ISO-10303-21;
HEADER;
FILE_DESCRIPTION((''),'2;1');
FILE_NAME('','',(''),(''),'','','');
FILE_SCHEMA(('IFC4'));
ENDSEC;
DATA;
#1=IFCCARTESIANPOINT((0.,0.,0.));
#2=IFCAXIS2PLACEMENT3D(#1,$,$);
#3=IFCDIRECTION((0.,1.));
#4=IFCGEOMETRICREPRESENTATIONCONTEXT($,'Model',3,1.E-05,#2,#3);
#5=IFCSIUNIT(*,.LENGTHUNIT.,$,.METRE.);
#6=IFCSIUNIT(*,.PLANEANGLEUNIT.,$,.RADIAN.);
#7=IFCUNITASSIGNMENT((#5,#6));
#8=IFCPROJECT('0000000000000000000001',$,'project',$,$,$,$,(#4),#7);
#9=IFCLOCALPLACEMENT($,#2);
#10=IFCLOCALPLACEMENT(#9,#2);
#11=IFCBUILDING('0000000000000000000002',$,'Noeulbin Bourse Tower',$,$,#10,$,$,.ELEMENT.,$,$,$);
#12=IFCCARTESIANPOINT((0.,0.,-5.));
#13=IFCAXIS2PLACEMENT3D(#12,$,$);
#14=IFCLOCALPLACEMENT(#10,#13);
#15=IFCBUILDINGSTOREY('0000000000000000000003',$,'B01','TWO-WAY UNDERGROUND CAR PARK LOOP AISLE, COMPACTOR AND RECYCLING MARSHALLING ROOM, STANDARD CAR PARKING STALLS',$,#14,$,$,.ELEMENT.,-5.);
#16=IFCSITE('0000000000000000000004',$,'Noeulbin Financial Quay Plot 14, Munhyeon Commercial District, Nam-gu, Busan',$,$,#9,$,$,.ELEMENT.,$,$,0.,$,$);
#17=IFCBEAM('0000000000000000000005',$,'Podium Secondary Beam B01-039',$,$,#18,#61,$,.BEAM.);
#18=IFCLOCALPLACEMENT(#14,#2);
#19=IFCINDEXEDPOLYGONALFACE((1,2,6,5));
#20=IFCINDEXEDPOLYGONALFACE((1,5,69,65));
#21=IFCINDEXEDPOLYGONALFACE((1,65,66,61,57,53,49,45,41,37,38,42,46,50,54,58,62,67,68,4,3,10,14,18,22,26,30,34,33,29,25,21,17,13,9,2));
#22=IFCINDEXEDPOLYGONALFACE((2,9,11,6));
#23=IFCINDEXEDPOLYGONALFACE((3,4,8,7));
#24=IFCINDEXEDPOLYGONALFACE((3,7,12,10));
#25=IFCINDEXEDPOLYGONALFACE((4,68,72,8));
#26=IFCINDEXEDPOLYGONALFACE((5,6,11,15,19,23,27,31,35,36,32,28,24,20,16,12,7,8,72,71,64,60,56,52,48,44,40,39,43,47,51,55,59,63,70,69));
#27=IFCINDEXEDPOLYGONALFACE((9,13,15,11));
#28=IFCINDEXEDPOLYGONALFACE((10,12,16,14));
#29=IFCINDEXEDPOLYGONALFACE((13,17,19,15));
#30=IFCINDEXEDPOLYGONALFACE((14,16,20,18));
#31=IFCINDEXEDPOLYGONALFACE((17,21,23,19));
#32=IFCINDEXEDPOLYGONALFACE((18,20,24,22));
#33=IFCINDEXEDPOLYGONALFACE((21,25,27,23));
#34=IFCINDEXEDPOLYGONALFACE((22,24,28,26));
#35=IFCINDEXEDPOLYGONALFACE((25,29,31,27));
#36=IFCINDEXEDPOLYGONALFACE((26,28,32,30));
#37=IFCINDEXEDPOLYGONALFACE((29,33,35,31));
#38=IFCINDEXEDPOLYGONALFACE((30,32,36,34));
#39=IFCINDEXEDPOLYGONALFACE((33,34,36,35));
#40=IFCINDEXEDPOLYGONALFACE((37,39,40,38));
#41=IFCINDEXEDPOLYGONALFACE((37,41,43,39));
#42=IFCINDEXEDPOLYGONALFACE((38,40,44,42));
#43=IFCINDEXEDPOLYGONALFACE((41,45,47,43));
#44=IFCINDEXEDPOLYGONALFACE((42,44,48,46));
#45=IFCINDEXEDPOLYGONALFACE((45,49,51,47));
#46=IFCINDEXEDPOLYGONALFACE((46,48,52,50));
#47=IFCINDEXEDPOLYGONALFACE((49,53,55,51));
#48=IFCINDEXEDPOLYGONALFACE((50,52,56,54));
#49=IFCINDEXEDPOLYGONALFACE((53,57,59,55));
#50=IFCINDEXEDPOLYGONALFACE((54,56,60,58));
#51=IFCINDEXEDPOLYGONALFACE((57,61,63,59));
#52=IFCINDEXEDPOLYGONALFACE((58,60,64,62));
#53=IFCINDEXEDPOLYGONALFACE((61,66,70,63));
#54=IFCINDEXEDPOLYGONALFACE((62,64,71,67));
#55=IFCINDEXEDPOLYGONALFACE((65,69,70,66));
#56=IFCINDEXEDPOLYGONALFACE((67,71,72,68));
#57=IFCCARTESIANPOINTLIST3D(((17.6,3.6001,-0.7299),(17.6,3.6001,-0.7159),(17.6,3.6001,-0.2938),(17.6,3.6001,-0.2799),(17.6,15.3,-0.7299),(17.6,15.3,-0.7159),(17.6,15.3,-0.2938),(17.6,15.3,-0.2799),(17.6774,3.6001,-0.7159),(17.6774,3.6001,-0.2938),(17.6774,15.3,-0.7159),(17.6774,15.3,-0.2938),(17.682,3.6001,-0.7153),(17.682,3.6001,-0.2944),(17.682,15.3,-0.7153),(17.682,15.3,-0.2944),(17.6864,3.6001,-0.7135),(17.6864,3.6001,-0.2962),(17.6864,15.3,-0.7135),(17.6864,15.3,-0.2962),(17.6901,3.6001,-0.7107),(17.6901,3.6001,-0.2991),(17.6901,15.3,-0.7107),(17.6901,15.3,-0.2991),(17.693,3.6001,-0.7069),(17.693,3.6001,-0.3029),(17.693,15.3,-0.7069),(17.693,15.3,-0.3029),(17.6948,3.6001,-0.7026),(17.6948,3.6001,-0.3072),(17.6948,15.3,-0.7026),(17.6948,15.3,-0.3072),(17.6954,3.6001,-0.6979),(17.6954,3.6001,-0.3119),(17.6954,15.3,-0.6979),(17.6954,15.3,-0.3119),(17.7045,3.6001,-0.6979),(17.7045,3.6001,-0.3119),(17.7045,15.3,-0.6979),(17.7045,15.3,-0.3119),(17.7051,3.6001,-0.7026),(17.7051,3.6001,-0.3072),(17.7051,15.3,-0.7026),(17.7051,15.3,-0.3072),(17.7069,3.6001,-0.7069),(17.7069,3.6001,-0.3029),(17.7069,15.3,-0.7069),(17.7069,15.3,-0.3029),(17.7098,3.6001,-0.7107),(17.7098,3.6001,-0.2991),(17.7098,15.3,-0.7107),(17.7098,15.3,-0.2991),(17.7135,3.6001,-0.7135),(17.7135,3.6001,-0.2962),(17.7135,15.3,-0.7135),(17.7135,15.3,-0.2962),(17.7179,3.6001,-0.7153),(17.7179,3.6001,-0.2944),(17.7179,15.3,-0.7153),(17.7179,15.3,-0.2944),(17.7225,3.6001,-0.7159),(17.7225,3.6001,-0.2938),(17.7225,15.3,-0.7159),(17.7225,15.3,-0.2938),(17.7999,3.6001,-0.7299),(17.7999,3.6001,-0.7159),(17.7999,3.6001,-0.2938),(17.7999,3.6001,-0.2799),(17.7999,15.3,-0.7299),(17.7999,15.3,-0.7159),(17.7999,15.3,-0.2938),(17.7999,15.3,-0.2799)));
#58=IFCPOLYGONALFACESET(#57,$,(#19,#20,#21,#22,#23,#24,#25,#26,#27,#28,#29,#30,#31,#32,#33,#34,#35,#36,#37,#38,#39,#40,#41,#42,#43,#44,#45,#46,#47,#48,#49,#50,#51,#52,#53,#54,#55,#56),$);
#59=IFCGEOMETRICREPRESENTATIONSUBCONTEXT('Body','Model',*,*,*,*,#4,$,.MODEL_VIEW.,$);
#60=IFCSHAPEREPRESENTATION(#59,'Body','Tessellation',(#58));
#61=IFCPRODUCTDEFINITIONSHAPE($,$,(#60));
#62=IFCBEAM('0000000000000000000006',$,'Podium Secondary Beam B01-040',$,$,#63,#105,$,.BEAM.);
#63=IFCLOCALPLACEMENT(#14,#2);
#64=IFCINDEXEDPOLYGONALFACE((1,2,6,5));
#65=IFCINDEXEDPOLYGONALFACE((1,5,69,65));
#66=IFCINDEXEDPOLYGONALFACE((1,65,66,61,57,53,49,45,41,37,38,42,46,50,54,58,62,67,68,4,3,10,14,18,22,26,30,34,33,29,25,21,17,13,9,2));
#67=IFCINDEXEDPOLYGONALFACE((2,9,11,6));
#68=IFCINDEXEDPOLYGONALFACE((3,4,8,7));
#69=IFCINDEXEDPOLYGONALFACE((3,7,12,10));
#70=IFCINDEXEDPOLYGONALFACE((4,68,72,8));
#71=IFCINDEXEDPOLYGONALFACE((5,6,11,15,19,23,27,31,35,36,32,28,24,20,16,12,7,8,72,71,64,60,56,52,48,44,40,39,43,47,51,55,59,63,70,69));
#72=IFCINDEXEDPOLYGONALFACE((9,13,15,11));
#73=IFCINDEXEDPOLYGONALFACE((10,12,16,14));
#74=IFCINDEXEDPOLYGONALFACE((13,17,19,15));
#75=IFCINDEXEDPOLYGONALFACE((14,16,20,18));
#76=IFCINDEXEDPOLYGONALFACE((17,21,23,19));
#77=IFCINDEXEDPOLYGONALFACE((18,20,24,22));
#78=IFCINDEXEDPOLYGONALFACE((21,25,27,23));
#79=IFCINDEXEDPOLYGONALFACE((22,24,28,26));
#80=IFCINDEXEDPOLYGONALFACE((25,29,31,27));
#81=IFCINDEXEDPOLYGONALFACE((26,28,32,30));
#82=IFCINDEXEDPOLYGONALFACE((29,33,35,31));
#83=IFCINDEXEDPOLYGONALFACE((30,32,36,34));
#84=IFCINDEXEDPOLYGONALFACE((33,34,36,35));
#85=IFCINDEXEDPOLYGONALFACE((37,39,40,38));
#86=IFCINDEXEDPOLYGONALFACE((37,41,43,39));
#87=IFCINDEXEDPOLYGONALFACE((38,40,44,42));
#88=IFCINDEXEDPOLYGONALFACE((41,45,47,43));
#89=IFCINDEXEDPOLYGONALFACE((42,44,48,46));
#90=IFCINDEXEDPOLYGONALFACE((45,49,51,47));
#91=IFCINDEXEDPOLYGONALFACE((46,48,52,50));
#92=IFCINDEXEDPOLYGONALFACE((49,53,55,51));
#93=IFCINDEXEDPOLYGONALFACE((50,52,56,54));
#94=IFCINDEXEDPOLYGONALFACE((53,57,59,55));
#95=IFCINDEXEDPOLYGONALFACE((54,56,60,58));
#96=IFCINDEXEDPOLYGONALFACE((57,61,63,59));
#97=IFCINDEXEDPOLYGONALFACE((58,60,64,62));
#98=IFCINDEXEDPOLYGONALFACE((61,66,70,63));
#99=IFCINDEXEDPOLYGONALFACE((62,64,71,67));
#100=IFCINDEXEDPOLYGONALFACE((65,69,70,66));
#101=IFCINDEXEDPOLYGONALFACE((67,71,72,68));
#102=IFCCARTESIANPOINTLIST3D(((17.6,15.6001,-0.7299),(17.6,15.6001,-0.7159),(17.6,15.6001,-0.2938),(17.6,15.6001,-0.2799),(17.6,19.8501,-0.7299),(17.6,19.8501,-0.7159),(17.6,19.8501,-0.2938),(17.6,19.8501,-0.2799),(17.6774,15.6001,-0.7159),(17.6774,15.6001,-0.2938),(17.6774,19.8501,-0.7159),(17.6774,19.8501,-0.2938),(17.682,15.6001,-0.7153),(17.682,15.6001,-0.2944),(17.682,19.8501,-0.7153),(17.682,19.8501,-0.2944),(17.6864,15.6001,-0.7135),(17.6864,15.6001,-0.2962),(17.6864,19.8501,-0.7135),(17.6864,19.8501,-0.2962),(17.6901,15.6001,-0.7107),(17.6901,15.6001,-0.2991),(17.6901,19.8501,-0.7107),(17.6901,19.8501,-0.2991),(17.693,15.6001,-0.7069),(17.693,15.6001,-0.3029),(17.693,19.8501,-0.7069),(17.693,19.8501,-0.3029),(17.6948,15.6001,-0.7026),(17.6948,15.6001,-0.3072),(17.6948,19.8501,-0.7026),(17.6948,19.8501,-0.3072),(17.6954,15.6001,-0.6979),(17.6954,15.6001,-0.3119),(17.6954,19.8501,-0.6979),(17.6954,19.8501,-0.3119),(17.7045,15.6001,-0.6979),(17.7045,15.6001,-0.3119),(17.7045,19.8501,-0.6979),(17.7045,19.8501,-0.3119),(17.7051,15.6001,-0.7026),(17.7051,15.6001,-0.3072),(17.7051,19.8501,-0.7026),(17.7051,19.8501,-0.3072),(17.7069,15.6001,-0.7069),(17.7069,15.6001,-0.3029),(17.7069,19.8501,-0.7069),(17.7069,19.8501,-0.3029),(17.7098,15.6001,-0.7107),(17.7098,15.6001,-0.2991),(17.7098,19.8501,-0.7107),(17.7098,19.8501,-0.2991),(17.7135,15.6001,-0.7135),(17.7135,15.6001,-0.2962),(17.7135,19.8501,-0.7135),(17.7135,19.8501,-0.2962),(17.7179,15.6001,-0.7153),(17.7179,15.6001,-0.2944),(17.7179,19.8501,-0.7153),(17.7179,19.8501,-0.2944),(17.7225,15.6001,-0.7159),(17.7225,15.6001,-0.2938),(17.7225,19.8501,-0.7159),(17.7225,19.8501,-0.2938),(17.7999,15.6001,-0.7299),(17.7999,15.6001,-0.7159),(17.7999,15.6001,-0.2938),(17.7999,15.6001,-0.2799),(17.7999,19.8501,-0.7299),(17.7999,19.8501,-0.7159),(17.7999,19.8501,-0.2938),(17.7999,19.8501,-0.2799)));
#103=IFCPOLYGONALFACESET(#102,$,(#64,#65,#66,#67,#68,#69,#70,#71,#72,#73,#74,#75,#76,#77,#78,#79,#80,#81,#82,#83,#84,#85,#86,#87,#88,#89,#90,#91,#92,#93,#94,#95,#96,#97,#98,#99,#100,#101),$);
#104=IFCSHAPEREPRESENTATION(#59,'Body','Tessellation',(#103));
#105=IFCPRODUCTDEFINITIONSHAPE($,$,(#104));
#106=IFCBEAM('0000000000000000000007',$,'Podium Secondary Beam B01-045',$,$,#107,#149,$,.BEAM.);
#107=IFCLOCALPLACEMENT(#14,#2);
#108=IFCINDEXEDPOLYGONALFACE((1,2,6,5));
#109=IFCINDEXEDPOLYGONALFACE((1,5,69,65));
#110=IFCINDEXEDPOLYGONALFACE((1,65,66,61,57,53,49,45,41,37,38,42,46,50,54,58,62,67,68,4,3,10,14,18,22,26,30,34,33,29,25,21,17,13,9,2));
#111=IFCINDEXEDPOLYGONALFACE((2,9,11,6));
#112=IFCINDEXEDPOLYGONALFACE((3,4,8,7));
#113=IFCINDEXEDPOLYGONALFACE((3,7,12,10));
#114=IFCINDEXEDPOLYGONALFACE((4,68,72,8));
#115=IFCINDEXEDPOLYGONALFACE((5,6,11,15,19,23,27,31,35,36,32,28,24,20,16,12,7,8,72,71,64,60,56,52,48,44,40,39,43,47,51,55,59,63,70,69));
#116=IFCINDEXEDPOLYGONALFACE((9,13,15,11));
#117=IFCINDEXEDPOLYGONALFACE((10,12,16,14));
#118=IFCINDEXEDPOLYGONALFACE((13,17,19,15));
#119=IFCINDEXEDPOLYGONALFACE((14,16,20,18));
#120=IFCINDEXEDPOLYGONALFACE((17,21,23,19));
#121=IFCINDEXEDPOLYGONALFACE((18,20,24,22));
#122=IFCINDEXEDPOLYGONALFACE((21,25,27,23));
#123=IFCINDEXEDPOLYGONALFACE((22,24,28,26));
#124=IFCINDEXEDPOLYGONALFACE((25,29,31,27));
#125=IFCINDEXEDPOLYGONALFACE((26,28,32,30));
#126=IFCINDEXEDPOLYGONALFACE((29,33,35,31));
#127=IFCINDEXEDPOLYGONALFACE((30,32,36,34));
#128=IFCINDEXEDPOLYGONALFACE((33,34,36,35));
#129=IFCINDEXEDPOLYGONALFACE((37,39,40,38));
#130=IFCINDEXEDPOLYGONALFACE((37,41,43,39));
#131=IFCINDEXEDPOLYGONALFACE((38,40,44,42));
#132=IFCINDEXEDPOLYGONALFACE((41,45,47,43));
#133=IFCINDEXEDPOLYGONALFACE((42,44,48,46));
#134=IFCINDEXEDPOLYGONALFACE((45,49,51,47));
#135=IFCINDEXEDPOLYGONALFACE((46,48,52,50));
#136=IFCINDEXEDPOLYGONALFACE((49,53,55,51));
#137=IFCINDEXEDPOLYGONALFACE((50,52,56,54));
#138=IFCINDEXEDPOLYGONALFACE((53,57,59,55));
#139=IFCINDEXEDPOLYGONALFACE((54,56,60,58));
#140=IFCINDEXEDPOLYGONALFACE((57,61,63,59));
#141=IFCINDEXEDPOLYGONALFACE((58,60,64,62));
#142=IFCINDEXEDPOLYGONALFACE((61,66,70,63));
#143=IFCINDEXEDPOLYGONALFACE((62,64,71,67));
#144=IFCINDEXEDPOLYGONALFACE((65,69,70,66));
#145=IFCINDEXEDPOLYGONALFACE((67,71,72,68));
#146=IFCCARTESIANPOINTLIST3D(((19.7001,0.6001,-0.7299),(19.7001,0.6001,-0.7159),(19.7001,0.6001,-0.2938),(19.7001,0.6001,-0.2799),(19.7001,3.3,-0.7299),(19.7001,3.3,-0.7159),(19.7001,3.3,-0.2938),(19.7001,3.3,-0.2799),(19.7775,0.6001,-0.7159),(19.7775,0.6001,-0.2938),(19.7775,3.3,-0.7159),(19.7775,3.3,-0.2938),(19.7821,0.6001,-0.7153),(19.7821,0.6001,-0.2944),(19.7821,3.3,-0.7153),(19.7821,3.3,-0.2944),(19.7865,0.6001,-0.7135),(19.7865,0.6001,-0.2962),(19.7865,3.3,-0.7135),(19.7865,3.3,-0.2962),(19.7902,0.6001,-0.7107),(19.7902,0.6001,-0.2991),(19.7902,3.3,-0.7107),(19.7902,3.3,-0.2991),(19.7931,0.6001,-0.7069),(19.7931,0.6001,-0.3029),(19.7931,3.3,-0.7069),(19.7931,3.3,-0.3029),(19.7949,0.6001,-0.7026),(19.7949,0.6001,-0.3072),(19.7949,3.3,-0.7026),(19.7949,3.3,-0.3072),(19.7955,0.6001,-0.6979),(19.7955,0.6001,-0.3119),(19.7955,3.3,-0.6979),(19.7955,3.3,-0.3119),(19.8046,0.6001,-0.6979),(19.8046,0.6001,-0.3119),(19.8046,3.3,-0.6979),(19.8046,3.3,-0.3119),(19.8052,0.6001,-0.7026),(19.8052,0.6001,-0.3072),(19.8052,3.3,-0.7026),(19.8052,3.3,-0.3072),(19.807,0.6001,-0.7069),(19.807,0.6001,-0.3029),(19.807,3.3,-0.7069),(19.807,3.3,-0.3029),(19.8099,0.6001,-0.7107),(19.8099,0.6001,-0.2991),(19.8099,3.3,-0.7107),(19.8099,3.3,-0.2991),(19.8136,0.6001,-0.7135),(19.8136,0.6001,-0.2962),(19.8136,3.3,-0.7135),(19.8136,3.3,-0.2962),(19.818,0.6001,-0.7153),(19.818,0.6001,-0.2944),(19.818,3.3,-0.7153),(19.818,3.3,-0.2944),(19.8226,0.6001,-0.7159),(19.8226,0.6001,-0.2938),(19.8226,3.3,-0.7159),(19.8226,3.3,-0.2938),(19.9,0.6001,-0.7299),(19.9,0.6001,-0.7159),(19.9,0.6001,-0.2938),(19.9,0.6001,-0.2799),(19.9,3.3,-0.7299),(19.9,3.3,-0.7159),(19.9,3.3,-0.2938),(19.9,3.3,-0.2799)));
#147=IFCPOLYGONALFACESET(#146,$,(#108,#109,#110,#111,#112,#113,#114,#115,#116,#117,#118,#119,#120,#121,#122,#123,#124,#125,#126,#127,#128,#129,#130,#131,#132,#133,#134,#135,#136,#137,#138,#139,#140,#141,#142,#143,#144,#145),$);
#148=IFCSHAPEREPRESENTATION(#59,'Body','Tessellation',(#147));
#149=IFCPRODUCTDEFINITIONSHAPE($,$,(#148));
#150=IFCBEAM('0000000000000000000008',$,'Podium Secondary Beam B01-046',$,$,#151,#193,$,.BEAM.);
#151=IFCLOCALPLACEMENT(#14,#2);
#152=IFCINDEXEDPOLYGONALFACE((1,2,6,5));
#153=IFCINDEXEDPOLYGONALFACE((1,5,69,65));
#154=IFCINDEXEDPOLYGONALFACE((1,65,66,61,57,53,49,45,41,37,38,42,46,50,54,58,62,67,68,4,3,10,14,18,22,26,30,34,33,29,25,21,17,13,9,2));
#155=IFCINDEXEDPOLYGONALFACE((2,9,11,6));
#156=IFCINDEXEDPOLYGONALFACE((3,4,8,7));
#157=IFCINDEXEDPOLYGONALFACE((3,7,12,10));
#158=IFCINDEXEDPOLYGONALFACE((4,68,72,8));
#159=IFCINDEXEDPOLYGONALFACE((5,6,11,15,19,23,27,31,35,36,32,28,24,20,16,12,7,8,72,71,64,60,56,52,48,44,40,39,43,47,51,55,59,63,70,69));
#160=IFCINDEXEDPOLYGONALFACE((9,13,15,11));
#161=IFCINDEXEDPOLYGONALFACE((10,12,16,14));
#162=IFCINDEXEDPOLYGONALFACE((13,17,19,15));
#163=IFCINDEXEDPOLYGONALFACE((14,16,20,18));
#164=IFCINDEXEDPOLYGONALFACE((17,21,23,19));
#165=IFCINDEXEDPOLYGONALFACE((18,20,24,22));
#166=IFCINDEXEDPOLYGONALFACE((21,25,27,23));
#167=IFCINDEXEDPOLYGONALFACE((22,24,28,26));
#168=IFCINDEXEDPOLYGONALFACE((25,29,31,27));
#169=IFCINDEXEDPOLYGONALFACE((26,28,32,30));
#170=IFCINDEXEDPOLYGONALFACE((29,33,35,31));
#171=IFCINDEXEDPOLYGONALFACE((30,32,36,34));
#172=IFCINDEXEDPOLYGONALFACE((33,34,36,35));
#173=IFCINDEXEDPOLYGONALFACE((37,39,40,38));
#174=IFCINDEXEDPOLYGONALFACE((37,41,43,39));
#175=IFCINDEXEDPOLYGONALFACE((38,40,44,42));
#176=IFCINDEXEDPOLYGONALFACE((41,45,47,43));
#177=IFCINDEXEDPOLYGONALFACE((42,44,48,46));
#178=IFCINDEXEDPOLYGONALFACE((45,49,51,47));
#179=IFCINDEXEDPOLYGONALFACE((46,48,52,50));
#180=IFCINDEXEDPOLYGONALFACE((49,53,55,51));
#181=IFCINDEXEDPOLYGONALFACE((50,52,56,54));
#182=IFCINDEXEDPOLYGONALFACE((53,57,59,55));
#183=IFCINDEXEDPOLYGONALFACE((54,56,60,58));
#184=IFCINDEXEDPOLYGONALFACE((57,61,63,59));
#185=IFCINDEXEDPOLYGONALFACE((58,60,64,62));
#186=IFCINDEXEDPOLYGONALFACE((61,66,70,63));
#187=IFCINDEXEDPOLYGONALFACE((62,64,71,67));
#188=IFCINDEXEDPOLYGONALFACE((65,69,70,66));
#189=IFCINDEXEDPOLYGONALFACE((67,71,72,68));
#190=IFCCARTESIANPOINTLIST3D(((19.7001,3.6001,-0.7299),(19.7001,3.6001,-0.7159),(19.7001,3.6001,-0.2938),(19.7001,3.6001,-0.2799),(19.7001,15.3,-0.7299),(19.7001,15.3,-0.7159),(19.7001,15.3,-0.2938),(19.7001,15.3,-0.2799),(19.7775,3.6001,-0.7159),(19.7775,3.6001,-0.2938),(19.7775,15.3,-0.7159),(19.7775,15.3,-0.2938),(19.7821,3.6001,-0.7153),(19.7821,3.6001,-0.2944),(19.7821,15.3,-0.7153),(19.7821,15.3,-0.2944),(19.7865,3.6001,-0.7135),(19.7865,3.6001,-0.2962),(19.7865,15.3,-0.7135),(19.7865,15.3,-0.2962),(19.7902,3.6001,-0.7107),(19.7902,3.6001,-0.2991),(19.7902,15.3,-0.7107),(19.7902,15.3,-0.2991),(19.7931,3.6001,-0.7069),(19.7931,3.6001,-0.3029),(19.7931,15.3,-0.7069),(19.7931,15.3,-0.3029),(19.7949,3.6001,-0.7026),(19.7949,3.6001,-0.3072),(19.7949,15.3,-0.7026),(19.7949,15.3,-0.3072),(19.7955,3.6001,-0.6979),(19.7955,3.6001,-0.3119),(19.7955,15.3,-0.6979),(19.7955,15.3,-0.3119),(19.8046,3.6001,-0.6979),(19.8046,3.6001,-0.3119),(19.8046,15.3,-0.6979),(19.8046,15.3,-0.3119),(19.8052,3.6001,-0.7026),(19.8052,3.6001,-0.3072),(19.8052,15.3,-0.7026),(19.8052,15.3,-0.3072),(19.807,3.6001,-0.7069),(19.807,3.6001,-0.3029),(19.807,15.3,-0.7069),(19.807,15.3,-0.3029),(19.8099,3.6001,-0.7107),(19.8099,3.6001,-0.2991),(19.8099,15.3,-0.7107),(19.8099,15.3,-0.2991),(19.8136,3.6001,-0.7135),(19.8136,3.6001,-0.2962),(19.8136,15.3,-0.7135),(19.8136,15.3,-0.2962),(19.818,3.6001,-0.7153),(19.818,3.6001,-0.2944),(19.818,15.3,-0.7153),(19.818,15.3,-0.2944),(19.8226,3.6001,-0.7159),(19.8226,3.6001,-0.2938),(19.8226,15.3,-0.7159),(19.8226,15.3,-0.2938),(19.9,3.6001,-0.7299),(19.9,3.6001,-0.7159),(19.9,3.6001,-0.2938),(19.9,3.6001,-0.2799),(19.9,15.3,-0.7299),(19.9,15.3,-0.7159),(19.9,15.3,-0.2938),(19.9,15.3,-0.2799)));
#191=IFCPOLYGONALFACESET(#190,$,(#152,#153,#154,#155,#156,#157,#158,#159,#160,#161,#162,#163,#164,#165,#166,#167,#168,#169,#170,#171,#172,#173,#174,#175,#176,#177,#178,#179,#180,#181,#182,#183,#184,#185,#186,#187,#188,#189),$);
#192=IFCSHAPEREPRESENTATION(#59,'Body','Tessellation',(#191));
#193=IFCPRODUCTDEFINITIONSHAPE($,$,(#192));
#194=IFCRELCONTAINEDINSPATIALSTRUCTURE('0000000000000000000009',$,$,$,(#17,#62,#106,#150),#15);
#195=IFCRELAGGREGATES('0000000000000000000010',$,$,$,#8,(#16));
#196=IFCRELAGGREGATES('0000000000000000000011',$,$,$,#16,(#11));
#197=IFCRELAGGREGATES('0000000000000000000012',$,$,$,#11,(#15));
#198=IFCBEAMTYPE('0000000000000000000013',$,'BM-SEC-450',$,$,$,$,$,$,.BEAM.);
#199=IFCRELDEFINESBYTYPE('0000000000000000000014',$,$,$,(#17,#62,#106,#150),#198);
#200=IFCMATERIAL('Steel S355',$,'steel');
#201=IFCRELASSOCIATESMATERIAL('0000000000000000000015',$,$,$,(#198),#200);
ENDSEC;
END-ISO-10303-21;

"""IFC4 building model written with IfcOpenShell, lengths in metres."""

from ifc_helpers import new_model, si_unit, direction, frame, origin, origin_2d, place, context, subcontext, project, spatial, i_section, extrude, material, material_profile, profile_set, type_object, element, save


model = new_model("IFC4")

# Units and contexts
model_context = context("Model", 3, precision=1e-05, world=origin(), true_north=direction((0.0, 1.0)))
body_context = subcontext(model_context, "Body", "Model", "MODEL_VIEW")
ifc_project = project(units=[si_unit("LENGTHUNIT", "METRE"), si_unit("PLANEANGLEUNIT", "RADIAN")], contexts=[model_context])

# Site, building, storey
site_placement = place(None, origin())
site = spatial("IfcSite", under=ifc_project, at=site_placement, Name="Noeulbin Financial Quay Plot 14, Munhyeon Commercial District, Nam-gu, Busan", CompositionType="ELEMENT", RefElevation=0.0)
building_placement = place(site_placement, origin())
building = spatial("IfcBuilding", under=site, at=building_placement, Name="Noeulbin Bourse Tower", CompositionType="ELEMENT")
storey_placement = place(building_placement, frame((0.0, 0.0, -5.0)))
storey = spatial("IfcBuildingStorey", under=building, at=storey_placement, Name="B01", Description="TWO-WAY UNDERGROUND CAR PARK LOOP AISLE, COMPACTOR AND RECYCLING MARSHALLING ROOM, STANDARD CAR PARKING STALLS", CompositionType="ELEMENT", Elevation=-5.0)

# Beams
ifc_material_1 = material(Name="Steel S355", Category="steel")
ifc_material_profile_1 = material_profile(ifc_material_1, i_section(OverallWidth=0.2, OverallDepth=0.45, WebThickness=0.009, FlangeThickness=0.0139, FilletRadius=0.0181, at=origin_2d()), Name="H-450x200x9x14", Category="LoadBearing")
ifc_profile_set_1 = profile_set([ifc_material_profile_1], Name="Steel S355")
beam_type_1 = type_object("IfcBeamType", Name="BM-SEC-450", PredefinedType="BEAM", material=ifc_profile_set_1)
beam_1_placement = place(storey_placement, frame((17.7, 3.6001, -0.5049), z_axis=(0.0, 1.0, 0.0), x_axis=(-1.0, 0.0, 0.0)))
element("IfcBeam", 1, at=beam_1_placement, inside=storey, type_object=beam_type_1, Name="Podium Secondary Beam B01-039", PredefinedType="BEAM", context=body_context, shape_type="SweptSolid", body=[
    extrude(i_section(OverallWidth=0.2, OverallDepth=0.45, WebThickness=0.009, FlangeThickness=0.0139, FilletRadius=0.0181, at=origin_2d()), origin(), (0.0, 0.0, 1.0), 11.7),
])
beam_2_placement = place(storey_placement, frame((17.7, 15.6001, -0.5049), z_axis=(0.0, 1.0, 0.0), x_axis=(-1.0, 0.0, 0.0)))
element("IfcBeam", 2, at=beam_2_placement, inside=storey, type_object=beam_type_1, Name="Podium Secondary Beam B01-040", PredefinedType="BEAM", context=body_context, shape_type="SweptSolid", body=[
    extrude(i_section(OverallWidth=0.2, OverallDepth=0.45, WebThickness=0.009, FlangeThickness=0.0139, FilletRadius=0.0181, at=origin_2d()), origin(), (0.0, 0.0, 1.0), 4.25),
])
beam_3_placement = place(storey_placement, frame((19.8, 0.6001, -0.5049), z_axis=(0.0, 1.0, 0.0), x_axis=(-1.0, 0.0, 0.0)))
element("IfcBeam", 3, at=beam_3_placement, inside=storey, type_object=beam_type_1, Name="Podium Secondary Beam B01-045", PredefinedType="BEAM", context=body_context, shape_type="SweptSolid", body=[
    extrude(i_section(OverallWidth=0.2, OverallDepth=0.45, WebThickness=0.009, FlangeThickness=0.0139, FilletRadius=0.0181, at=origin_2d()), origin(), (0.0, 0.0, 1.0), 2.7),
])
beam_4_placement = place(storey_placement, frame((19.8, 3.6001, -0.5049), z_axis=(0.0, 1.0, 0.0), x_axis=(-1.0, 0.0, 0.0)))
element("IfcBeam", 4, at=beam_4_placement, inside=storey, type_object=beam_type_1, Name="Podium Secondary Beam B01-046", PredefinedType="BEAM", context=body_context, shape_type="SweptSolid", body=[
    extrude(i_section(OverallWidth=0.2, OverallDepth=0.45, WebThickness=0.009, FlangeThickness=0.0139, FilletRadius=0.0181, at=origin_2d()), origin(), (0.0, 0.0, 1.0), 11.7),
])

save(model, "model.ifc")
